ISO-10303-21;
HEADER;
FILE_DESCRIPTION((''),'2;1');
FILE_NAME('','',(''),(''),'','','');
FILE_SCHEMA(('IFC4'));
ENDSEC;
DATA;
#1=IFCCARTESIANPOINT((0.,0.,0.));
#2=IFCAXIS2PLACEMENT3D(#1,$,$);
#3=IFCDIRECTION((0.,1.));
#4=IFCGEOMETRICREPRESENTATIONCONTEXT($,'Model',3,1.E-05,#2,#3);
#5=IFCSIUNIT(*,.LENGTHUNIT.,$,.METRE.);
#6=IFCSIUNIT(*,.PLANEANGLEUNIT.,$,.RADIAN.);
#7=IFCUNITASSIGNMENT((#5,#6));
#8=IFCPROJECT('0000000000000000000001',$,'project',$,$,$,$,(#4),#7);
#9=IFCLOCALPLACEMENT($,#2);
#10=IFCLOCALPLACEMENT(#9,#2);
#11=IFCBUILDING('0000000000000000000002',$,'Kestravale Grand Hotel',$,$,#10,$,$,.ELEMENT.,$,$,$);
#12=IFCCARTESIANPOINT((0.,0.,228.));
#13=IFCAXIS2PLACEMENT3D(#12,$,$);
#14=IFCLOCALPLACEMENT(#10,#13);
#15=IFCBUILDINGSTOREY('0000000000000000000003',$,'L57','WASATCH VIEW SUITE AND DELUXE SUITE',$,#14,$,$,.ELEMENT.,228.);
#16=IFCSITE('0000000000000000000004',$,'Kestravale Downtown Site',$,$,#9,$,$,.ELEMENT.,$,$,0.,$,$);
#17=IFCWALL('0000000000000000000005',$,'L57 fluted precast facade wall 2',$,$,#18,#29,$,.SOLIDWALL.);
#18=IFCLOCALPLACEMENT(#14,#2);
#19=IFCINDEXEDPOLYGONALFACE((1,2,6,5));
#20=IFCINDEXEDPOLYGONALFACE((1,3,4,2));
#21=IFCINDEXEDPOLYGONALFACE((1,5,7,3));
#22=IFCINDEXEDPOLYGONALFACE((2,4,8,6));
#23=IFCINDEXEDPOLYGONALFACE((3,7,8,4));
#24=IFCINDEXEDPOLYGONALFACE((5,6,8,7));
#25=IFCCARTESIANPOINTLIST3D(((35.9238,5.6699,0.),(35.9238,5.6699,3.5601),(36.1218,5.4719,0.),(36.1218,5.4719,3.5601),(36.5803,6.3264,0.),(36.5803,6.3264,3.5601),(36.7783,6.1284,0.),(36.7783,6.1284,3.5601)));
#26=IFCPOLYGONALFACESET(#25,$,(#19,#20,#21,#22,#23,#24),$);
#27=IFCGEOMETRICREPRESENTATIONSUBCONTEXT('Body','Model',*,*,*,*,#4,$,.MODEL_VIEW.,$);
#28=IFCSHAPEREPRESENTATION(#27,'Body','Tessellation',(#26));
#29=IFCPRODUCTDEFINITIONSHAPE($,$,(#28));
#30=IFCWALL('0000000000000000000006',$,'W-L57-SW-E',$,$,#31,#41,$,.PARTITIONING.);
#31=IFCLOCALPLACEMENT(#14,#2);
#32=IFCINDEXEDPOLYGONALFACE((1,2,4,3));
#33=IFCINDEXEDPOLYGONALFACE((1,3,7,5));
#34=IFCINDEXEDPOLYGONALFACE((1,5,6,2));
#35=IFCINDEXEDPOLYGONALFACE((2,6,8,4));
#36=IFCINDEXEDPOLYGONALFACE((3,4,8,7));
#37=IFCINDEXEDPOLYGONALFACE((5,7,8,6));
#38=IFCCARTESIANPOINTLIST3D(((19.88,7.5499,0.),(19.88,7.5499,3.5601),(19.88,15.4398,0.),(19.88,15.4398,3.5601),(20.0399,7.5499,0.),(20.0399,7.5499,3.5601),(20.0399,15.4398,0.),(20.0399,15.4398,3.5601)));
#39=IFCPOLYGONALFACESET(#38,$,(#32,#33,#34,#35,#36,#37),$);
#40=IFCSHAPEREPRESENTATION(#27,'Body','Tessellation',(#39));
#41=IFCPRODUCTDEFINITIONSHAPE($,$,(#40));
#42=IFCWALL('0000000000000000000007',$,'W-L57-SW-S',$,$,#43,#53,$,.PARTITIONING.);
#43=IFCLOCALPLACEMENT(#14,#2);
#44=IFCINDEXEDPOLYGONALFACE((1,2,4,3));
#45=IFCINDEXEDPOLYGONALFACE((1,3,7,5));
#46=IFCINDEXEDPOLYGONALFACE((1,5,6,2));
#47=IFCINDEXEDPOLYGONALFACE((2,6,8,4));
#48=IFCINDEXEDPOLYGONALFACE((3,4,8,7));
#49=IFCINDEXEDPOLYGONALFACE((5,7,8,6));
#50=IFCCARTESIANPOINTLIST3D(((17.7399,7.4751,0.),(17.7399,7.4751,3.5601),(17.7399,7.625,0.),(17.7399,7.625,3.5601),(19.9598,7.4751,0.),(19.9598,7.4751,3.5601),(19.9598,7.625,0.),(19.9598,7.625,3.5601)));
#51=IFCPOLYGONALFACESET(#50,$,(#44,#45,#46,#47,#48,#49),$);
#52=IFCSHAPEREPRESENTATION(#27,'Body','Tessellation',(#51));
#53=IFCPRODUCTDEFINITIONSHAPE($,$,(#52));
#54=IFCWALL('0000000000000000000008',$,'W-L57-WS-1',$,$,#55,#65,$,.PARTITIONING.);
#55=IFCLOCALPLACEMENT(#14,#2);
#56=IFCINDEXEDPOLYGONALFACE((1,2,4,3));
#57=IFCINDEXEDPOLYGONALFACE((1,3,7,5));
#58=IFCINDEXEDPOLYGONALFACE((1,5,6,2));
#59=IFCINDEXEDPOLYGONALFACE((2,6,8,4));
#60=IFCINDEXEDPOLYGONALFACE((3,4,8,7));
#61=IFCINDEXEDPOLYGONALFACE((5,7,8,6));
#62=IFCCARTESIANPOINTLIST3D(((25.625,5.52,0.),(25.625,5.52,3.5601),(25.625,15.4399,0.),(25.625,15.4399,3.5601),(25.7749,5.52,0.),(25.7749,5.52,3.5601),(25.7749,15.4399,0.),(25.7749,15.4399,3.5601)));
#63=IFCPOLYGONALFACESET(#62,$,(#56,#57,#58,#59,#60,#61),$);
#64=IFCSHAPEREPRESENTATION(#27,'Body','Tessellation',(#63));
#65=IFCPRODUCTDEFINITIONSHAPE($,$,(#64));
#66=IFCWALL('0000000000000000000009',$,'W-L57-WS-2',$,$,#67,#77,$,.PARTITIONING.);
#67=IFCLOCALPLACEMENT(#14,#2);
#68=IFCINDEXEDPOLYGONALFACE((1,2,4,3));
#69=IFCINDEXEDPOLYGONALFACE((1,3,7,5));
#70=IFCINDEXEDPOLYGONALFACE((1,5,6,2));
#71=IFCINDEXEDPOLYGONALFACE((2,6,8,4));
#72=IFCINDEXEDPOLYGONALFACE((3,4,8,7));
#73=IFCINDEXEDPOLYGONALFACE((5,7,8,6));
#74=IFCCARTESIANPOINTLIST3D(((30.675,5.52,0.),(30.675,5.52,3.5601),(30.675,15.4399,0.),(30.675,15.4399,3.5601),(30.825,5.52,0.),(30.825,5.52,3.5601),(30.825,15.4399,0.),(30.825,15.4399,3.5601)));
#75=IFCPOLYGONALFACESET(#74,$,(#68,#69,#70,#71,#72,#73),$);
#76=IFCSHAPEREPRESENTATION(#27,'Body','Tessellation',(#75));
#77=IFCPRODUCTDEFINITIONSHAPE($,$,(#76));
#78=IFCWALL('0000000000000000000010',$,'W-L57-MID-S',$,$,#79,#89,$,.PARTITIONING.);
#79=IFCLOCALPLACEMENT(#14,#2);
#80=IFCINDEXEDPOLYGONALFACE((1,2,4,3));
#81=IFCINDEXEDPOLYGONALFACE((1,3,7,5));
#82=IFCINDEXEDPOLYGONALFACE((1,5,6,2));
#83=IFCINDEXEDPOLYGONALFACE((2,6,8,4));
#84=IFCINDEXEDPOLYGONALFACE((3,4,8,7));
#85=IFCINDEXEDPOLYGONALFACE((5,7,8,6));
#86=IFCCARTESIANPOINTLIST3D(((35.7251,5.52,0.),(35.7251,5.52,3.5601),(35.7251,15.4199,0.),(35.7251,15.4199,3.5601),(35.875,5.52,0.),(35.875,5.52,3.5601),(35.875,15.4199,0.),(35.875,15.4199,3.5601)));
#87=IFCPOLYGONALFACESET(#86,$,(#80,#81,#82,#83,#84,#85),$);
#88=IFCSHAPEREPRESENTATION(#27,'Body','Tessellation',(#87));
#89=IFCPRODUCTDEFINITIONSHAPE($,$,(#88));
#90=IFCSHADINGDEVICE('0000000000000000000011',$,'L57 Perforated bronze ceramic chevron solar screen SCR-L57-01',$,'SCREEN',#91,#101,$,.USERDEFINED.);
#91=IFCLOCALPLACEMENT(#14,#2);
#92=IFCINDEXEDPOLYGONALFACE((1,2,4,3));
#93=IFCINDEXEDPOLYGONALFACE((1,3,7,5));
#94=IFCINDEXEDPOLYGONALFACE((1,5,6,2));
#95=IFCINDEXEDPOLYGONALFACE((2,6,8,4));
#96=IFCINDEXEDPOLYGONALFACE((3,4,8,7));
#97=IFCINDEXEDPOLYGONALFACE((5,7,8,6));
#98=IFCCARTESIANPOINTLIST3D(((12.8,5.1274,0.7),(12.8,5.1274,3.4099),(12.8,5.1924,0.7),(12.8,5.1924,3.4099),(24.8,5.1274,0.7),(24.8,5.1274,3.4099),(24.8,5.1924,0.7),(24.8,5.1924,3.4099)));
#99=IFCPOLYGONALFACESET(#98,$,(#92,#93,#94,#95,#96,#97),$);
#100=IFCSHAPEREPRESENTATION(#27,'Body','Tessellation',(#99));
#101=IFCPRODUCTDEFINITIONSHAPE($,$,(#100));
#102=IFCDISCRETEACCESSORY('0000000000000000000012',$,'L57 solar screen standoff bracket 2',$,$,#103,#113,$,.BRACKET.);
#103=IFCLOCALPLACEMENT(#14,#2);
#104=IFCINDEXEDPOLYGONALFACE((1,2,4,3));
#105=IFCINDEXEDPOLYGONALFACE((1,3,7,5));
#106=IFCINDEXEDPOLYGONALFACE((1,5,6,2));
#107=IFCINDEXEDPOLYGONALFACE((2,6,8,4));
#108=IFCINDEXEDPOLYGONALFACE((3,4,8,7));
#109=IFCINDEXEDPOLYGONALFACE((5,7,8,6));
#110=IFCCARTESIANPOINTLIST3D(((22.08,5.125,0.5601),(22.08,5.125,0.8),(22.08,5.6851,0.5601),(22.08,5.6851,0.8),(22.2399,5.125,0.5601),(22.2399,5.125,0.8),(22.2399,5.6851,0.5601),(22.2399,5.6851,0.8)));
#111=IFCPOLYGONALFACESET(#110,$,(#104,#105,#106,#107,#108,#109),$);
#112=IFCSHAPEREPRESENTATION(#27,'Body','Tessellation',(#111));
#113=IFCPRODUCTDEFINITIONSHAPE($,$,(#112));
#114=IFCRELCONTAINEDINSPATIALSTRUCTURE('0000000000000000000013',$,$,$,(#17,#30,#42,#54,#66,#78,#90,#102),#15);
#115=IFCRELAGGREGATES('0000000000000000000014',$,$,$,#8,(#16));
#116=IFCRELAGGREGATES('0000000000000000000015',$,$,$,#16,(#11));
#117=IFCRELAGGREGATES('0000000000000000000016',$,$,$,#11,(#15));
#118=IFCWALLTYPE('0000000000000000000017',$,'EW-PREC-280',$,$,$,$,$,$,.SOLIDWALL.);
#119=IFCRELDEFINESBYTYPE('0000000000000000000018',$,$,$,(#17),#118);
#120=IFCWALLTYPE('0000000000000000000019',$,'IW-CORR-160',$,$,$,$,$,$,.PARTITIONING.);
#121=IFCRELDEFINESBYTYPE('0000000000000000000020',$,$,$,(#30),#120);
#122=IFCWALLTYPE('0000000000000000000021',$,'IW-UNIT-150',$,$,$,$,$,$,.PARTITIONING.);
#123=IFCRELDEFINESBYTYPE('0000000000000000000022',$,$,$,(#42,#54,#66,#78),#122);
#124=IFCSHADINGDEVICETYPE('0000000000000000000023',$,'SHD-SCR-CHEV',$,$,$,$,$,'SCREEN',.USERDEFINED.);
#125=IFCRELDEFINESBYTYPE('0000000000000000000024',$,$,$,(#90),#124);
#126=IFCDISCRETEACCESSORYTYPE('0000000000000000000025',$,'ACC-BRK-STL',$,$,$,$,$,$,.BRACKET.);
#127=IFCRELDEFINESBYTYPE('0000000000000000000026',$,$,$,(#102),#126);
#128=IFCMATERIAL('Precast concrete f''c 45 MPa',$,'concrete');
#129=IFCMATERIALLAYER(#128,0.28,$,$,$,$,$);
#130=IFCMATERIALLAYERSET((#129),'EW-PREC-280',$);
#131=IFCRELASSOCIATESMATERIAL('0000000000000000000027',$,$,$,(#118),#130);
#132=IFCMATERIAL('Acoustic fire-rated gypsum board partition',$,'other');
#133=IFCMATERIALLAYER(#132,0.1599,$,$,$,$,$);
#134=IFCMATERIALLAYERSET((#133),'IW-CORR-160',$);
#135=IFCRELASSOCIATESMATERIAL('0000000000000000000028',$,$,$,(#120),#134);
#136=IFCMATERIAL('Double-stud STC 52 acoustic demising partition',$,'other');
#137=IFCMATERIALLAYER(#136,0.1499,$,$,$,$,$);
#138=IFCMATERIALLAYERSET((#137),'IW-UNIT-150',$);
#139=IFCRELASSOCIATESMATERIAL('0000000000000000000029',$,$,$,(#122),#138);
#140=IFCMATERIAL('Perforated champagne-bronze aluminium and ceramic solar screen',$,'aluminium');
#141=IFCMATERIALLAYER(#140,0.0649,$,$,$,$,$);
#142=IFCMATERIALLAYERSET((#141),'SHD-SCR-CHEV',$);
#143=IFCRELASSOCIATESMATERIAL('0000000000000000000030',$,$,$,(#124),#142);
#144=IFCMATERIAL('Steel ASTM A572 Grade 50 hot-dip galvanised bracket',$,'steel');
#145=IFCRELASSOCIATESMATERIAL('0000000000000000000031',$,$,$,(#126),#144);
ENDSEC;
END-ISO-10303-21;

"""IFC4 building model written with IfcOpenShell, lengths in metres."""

from ifc_helpers import new_model, si_unit, direction, frame, frame_2d, origin, origin_2d, place, context, subcontext, project, spatial, rectangle, extrude, material, layer, layer_set, type_object, element, save


model = new_model("IFC4")

# Units and contexts
model_context = context("Model", 3, precision=1e-05, world=origin(), true_north=direction((0.0, 1.0)))
body_context = subcontext(model_context, "Body", "Model", "MODEL_VIEW")
ifc_project = project(units=[si_unit("LENGTHUNIT", "METRE"), si_unit("PLANEANGLEUNIT", "RADIAN")], contexts=[model_context])

# Site, building, storey
site_placement = place(None, origin())
site = spatial("IfcSite", under=ifc_project, at=site_placement, Name="Kestravale Downtown Site", CompositionType="ELEMENT", RefElevation=0.0)
building_placement = place(site_placement, origin())
building = spatial("IfcBuilding", under=site, at=building_placement, Name="Kestravale Grand Hotel", CompositionType="ELEMENT")
storey_placement = place(building_placement, frame((0.0, 0.0, 228.0)))
storey = spatial("IfcBuildingStorey", under=building, at=storey_placement, Name="L57", Description="WASATCH VIEW SUITE AND DELUXE SUITE", CompositionType="ELEMENT", Elevation=228.0)

# Walls
ifc_material_1 = material(Name="Precast concrete f'c 45 MPa", Category="concrete")
ifc_layer_1 = layer(ifc_material_1, 0.28)
ifc_layer_set_1 = layer_set([ifc_layer_1], Name="EW-PREC-280")
wall_type_1 = type_object("IfcWallType", Name="EW-PREC-280", PredefinedType="SOLIDWALL", material=ifc_layer_set_1)
wall_1_placement = place(storey_placement, frame((36.0227, 5.5708, 0.0), z_axis=(0.0, 0.0, 1.0), x_axis=(0.707107, 0.707107, 0.0)))
element("IfcWall", 1, at=wall_1_placement, inside=storey, type_object=wall_type_1, Name="L57 fluted precast facade wall 2", PredefinedType="SOLIDWALL", context=body_context, shape_type="SweptSolid", body=[
    extrude(rectangle(XDim=0.9285, YDim=0.28, at=frame_2d((0.4644, 0.0))), origin(), (0.0, 0.0, 1.0), 3.5601),
])
ifc_material_2 = material(Name="Acoustic fire-rated gypsum board partition", Category="other")
ifc_layer_2 = layer(ifc_material_2, 0.1599)
ifc_layer_set_2 = layer_set([ifc_layer_2], Name="IW-CORR-160")
wall_type_2 = type_object("IfcWallType", Name="IW-CORR-160", PredefinedType="PARTITIONING", material=ifc_layer_set_2)
wall_2_placement = place(storey_placement, frame((19.96, 7.55, 0.0), z_axis=(0.0, 0.0, 1.0), x_axis=(0.0, 1.0, 0.0)))
element("IfcWall", 2, at=wall_2_placement, inside=storey, type_object=wall_type_2, Name="W-L57-SW-E", PredefinedType="PARTITIONING", context=body_context, shape_type="SweptSolid", body=[
    extrude(rectangle(XDim=7.8899, YDim=0.1599, at=frame_2d((3.9448, 0.0))), origin(), (0.0, 0.0, 1.0), 3.5601),
])
ifc_material_3 = material(Name="Double-stud STC 52 acoustic demising partition", Category="other")
ifc_layer_3 = layer(ifc_material_3, 0.1499)
ifc_layer_set_3 = layer_set([ifc_layer_3], Name="IW-UNIT-150")
wall_type_3 = type_object("IfcWallType", Name="IW-UNIT-150", PredefinedType="PARTITIONING", material=ifc_layer_set_3)
wall_3_placement = place(storey_placement, frame((17.74, 7.55, 0.0), z_axis=(0.0, 0.0, 1.0), x_axis=(1.0, 0.0, 0.0)))
element("IfcWall", 3, at=wall_3_placement, inside=storey, type_object=wall_type_3, Name="W-L57-SW-S", PredefinedType="PARTITIONING", context=body_context, shape_type="SweptSolid", body=[
    extrude(rectangle(XDim=2.22, YDim=0.1499, at=frame_2d((1.1099, 0.0))), origin(), (0.0, 0.0, 1.0), 3.5601),
])
for number, where, z_axis, x_axis, name in (
    (4, (25.7, 5.52, 0.0), (0.0, 0.0, 1.0), (0.0, 1.0, 0.0), "W-L57-WS-1"),
    (5, (30.75, 5.52, 0.0), (0.0, 0.0, 1.0), (0.0, 1.0, 0.0), "W-L57-WS-2"),
):
    element("IfcWall", number, at=place(storey_placement, frame(where, z_axis=z_axis, x_axis=x_axis)), inside=storey, type_object=wall_type_3, Name=name, PredefinedType="PARTITIONING", context=body_context, shape_type="SweptSolid", body=[
        extrude(rectangle(XDim=9.9199, YDim=0.1499, at=frame_2d((4.96, 0.0))), origin(), (0.0, 0.0, 1.0), 3.5601),
    ])
wall_4_placement = place(storey_placement, frame((35.8, 5.52, 0.0), z_axis=(0.0, 0.0, 1.0), x_axis=(0.0, 1.0, 0.0)))
element("IfcWall", 6, at=wall_4_placement, inside=storey, type_object=wall_type_3, Name="W-L57-MID-S", PredefinedType="PARTITIONING", context=body_context, shape_type="SweptSolid", body=[
    extrude(rectangle(XDim=9.8999, YDim=0.1499, at=frame_2d((4.95, 0.0))), origin(), (0.0, 0.0, 1.0), 3.5601),
])

# Shading device
ifc_material_4 = material(Name="Perforated champagne-bronze aluminium and ceramic solar screen", Category="aluminium")
ifc_layer_4 = layer(ifc_material_4, 0.0649)
ifc_layer_set_4 = layer_set([ifc_layer_4], Name="SHD-SCR-CHEV")
shading_device_type = type_object("IfcShadingDeviceType", Name="SHD-SCR-CHEV", ElementType="SCREEN", PredefinedType="USERDEFINED", material=ifc_layer_set_4)
shading_device_placement = place(storey_placement, frame((18.8, 5.1599, 0.7), z_axis=(0.0, 0.0, 1.0), x_axis=(1.0, 0.0, 0.0)))
element("IfcShadingDevice", 7, at=shading_device_placement, inside=storey, type_object=shading_device_type, Name="L57 Perforated bronze ceramic chevron solar screen SCR-L57-01", ObjectType="SCREEN", PredefinedType="USERDEFINED", context=body_context, shape_type="SweptSolid", body=[
    extrude(rectangle(XDim=12.0, YDim=0.0649, at=origin_2d()), origin(), (0.0, 0.0, 1.0), 2.71),
])

# Discrete accessory
ifc_material_5 = material(Name="Steel ASTM A572 Grade 50 hot-dip galvanised bracket", Category="steel")
discrete_accessory_type = type_object("IfcDiscreteAccessoryType", Name="ACC-BRK-STL", PredefinedType="BRACKET", material=ifc_material_5)
discrete_accessory_placement = place(storey_placement, frame((22.1599, 5.405, 0.5601), z_axis=(0.0, 0.0, 1.0), x_axis=(1.0, 0.0, 0.0)))
element("IfcDiscreteAccessory", 8, at=discrete_accessory_placement, inside=storey, type_object=discrete_accessory_type, Name="L57 solar screen standoff bracket 2", PredefinedType="BRACKET", context=body_context, shape_type="SweptSolid", body=[
    extrude(rectangle(XDim=0.1599, YDim=0.5601, at=origin_2d()), origin(), (0.0, 0.0, 1.0), 0.24),
])

save(model, "model.ifc")
